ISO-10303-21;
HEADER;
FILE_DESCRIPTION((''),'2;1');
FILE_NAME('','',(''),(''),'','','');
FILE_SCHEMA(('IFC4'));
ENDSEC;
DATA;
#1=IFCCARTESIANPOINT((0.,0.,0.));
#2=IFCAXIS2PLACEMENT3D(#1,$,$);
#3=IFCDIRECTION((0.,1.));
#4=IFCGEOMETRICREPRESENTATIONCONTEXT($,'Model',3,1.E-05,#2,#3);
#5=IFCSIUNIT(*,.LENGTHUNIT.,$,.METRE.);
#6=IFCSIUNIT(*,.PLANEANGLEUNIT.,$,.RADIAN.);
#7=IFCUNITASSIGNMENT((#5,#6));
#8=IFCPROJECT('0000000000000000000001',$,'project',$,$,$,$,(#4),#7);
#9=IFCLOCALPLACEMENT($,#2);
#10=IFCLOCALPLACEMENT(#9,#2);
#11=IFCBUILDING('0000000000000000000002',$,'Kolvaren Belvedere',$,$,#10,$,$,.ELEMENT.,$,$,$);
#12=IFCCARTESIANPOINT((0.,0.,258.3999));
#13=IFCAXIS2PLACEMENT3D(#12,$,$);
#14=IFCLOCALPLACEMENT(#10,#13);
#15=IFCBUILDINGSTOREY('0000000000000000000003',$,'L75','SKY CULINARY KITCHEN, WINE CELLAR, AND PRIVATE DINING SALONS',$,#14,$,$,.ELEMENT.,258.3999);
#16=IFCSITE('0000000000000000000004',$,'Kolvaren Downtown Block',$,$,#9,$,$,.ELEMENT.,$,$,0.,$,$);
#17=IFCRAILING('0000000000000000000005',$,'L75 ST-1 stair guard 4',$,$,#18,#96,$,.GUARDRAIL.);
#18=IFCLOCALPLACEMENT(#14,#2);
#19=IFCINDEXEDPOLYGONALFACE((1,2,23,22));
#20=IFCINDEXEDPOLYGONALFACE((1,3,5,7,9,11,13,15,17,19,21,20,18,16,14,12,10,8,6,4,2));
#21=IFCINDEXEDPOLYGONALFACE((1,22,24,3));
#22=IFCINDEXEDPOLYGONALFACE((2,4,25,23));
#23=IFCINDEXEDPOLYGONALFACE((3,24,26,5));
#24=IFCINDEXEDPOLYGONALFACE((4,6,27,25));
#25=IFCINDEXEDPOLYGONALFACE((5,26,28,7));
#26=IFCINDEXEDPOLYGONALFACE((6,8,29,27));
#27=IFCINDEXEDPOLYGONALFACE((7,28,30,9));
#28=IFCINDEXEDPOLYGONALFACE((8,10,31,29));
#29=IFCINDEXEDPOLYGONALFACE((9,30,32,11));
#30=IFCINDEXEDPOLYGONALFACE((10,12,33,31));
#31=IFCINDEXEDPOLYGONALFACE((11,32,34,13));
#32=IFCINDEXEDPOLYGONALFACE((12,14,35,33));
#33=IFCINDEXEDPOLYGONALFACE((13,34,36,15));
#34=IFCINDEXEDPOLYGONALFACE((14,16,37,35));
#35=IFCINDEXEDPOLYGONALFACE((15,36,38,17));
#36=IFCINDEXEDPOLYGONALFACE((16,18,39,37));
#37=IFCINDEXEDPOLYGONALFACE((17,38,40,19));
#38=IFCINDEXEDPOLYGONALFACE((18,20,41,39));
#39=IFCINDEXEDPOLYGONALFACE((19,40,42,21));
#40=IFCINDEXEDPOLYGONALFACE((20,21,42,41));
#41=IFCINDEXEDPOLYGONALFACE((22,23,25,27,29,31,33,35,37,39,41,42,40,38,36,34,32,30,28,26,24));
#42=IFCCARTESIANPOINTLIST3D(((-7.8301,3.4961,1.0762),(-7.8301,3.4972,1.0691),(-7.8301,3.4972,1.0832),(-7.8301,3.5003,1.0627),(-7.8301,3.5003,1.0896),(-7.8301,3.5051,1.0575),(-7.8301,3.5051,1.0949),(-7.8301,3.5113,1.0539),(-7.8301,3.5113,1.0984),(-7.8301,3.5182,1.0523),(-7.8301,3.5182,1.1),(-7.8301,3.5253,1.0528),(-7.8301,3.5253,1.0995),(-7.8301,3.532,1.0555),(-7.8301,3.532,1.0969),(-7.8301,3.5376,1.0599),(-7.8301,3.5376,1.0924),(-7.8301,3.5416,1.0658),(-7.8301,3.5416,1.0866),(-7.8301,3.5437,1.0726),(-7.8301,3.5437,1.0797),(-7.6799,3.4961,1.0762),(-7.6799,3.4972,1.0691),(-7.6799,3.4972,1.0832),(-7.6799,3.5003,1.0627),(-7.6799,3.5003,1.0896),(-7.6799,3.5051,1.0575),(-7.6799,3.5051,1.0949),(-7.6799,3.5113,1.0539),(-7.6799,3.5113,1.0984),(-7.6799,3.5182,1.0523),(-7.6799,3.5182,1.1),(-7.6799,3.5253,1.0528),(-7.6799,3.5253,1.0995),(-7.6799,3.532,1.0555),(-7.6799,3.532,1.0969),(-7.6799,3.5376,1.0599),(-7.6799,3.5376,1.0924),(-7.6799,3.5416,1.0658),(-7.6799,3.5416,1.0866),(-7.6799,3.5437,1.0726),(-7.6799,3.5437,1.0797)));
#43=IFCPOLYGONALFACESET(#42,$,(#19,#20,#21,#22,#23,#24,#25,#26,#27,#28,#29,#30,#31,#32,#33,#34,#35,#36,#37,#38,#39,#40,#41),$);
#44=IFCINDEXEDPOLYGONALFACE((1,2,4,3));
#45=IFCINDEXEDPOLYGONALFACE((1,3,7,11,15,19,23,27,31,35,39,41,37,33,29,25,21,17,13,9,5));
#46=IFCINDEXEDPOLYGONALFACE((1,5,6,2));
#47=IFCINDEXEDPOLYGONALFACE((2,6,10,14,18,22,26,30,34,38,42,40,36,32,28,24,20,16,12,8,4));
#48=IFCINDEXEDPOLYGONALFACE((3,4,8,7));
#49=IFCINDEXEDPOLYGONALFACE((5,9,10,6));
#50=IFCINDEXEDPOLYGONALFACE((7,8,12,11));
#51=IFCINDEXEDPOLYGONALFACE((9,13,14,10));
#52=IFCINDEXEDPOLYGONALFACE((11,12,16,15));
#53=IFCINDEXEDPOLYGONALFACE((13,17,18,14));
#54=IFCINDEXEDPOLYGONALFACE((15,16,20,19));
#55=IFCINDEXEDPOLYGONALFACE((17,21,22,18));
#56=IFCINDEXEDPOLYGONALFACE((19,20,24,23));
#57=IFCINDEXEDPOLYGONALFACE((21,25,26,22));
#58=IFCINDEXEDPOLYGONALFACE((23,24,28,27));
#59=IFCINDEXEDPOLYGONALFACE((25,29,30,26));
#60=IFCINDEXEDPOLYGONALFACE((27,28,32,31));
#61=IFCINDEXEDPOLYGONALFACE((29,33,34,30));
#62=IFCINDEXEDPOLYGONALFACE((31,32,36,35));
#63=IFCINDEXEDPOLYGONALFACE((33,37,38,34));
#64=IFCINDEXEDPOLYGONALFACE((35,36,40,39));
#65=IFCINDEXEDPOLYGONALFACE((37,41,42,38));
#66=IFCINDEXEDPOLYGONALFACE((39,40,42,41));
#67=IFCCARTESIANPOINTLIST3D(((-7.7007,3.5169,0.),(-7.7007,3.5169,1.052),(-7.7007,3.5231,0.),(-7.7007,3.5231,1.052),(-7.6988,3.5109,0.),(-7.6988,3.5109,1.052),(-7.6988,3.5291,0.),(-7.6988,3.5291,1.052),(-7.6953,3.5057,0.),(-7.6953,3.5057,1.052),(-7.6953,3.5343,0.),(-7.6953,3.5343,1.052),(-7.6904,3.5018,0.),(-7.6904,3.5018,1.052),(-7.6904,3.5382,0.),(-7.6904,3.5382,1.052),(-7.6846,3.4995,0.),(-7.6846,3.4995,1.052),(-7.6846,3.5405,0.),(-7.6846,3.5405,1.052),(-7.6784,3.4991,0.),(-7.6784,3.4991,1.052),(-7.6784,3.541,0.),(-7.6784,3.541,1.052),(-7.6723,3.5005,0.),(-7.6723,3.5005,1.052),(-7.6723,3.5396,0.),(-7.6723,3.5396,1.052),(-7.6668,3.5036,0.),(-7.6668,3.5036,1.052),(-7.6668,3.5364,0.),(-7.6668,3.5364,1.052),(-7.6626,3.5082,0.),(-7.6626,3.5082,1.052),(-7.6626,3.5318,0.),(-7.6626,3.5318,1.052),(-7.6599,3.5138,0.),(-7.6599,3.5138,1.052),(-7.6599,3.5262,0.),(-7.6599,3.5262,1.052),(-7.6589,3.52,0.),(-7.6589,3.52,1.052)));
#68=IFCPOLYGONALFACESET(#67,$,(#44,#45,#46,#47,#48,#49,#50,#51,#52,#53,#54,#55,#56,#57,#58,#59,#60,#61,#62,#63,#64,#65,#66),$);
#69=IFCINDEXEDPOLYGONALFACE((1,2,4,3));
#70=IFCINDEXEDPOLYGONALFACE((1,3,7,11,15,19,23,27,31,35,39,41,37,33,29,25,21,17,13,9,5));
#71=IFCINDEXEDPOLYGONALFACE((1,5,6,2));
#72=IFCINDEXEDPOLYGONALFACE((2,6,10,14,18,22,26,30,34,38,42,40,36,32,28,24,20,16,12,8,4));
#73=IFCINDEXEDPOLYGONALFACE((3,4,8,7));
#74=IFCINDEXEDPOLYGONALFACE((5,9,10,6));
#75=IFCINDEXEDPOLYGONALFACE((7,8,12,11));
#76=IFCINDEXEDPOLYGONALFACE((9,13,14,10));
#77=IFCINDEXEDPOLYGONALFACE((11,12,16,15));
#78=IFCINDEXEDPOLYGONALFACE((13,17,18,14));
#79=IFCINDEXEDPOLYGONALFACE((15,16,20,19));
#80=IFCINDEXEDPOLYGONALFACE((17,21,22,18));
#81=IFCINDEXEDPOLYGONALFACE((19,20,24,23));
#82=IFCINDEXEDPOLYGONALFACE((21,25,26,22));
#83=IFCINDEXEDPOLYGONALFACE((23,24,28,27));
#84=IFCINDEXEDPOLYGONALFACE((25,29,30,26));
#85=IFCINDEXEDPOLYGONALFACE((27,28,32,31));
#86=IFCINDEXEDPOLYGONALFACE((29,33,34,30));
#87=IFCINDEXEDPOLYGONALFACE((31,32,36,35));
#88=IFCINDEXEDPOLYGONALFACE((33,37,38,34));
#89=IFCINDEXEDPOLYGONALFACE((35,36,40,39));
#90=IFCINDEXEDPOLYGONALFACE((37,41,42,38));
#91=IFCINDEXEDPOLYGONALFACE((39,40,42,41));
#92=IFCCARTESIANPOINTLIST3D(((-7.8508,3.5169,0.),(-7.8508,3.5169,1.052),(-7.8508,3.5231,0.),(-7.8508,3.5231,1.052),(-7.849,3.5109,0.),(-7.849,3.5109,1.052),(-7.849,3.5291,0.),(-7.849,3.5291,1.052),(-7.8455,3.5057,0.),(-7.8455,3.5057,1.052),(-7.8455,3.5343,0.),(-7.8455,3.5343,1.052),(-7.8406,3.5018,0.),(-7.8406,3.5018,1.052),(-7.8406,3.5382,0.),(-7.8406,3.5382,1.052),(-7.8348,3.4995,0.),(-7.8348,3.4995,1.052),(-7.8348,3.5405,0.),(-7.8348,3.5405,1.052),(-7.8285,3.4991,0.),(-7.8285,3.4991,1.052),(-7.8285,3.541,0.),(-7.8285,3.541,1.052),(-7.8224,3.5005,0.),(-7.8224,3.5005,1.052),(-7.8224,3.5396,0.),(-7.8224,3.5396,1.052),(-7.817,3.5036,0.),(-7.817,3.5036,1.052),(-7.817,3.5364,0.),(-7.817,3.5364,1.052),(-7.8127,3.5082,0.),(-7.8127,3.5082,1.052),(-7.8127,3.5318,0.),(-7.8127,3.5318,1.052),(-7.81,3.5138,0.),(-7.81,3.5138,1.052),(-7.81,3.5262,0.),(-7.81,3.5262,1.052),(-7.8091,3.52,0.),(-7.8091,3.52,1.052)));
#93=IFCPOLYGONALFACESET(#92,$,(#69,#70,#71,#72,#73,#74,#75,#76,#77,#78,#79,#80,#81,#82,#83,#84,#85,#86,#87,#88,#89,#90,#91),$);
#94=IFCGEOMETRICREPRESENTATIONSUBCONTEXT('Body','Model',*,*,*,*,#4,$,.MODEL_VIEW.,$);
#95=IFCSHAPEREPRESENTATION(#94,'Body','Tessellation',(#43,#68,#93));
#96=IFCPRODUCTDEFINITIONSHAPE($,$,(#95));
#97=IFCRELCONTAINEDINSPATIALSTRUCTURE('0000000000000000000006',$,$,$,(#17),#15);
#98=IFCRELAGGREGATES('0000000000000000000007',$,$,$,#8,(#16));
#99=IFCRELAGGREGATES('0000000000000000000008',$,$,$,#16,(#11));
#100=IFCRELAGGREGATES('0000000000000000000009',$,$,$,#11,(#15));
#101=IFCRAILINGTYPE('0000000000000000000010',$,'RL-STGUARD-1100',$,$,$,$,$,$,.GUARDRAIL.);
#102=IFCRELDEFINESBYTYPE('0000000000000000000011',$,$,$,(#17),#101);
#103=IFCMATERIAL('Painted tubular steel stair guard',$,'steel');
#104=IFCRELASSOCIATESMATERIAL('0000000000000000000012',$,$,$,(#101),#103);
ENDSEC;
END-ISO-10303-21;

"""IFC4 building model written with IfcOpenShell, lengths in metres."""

from ifc_helpers import new_model, si_unit, direction, frame, origin, origin_2d, place, context, subcontext, project, spatial, circle, extrude, material, type_object, element, save


model = new_model("IFC4")

# Units and contexts
model_context = context("Model", 3, precision=1e-05, world=origin(), true_north=direction((0.0, 1.0)))
body_context = subcontext(model_context, "Body", "Model", "MODEL_VIEW")
ifc_project = project(units=[si_unit("LENGTHUNIT", "METRE"), si_unit("PLANEANGLEUNIT", "RADIAN")], contexts=[model_context])

# Site, building, storey
site_placement = place(None, origin())
site = spatial("IfcSite", under=ifc_project, at=site_placement, Name="Kolvaren Downtown Block", CompositionType="ELEMENT", RefElevation=0.0)
building_placement = place(site_placement, origin())
building = spatial("IfcBuilding", under=site, at=building_placement, Name="Kolvaren Belvedere", CompositionType="ELEMENT")
storey_placement = place(building_placement, frame((0.0, 0.0, 258.3999)))
storey = spatial("IfcBuildingStorey", under=building, at=storey_placement, Name="L75", Description="SKY CULINARY KITCHEN, WINE CELLAR, AND PRIVATE DINING SALONS", CompositionType="ELEMENT", Elevation=258.3999)

# Railing
ifc_material_1 = material(Name="Painted tubular steel stair guard", Category="steel")
railing_type_1 = type_object("IfcRailingType", Name="RL-STGUARD-1100", PredefinedType="GUARDRAIL", material=ifc_material_1)
railing_1_placement = place(storey_placement, frame((-7.6799, 3.52, 0.0)))
element("IfcRailing", 1, at=railing_1_placement, inside=storey, type_object=railing_type_1, Name="L75 ST-1 stair guard 4", PredefinedType="GUARDRAIL", context=body_context, shape_type="SweptSolid", body=[
    extrude(circle(Radius=0.0239, at=origin_2d()), frame((0.0, 0.0, 1.0762), z_axis=(-1.0, 0.0, 0.0), x_axis=(0.0, -1.0, 0.0)), (0.0, 0.0, 1.0), 0.1501),
    extrude(circle(Radius=0.021, at=origin_2d()), origin(), (0.0, 0.0, 1.0), 1.052),
    extrude(circle(Radius=0.021, at=origin_2d()), frame((-0.1501, 0.0, 0.0)), (0.0, 0.0, 1.0), 1.052),
])

save(model, "model.ifc")
